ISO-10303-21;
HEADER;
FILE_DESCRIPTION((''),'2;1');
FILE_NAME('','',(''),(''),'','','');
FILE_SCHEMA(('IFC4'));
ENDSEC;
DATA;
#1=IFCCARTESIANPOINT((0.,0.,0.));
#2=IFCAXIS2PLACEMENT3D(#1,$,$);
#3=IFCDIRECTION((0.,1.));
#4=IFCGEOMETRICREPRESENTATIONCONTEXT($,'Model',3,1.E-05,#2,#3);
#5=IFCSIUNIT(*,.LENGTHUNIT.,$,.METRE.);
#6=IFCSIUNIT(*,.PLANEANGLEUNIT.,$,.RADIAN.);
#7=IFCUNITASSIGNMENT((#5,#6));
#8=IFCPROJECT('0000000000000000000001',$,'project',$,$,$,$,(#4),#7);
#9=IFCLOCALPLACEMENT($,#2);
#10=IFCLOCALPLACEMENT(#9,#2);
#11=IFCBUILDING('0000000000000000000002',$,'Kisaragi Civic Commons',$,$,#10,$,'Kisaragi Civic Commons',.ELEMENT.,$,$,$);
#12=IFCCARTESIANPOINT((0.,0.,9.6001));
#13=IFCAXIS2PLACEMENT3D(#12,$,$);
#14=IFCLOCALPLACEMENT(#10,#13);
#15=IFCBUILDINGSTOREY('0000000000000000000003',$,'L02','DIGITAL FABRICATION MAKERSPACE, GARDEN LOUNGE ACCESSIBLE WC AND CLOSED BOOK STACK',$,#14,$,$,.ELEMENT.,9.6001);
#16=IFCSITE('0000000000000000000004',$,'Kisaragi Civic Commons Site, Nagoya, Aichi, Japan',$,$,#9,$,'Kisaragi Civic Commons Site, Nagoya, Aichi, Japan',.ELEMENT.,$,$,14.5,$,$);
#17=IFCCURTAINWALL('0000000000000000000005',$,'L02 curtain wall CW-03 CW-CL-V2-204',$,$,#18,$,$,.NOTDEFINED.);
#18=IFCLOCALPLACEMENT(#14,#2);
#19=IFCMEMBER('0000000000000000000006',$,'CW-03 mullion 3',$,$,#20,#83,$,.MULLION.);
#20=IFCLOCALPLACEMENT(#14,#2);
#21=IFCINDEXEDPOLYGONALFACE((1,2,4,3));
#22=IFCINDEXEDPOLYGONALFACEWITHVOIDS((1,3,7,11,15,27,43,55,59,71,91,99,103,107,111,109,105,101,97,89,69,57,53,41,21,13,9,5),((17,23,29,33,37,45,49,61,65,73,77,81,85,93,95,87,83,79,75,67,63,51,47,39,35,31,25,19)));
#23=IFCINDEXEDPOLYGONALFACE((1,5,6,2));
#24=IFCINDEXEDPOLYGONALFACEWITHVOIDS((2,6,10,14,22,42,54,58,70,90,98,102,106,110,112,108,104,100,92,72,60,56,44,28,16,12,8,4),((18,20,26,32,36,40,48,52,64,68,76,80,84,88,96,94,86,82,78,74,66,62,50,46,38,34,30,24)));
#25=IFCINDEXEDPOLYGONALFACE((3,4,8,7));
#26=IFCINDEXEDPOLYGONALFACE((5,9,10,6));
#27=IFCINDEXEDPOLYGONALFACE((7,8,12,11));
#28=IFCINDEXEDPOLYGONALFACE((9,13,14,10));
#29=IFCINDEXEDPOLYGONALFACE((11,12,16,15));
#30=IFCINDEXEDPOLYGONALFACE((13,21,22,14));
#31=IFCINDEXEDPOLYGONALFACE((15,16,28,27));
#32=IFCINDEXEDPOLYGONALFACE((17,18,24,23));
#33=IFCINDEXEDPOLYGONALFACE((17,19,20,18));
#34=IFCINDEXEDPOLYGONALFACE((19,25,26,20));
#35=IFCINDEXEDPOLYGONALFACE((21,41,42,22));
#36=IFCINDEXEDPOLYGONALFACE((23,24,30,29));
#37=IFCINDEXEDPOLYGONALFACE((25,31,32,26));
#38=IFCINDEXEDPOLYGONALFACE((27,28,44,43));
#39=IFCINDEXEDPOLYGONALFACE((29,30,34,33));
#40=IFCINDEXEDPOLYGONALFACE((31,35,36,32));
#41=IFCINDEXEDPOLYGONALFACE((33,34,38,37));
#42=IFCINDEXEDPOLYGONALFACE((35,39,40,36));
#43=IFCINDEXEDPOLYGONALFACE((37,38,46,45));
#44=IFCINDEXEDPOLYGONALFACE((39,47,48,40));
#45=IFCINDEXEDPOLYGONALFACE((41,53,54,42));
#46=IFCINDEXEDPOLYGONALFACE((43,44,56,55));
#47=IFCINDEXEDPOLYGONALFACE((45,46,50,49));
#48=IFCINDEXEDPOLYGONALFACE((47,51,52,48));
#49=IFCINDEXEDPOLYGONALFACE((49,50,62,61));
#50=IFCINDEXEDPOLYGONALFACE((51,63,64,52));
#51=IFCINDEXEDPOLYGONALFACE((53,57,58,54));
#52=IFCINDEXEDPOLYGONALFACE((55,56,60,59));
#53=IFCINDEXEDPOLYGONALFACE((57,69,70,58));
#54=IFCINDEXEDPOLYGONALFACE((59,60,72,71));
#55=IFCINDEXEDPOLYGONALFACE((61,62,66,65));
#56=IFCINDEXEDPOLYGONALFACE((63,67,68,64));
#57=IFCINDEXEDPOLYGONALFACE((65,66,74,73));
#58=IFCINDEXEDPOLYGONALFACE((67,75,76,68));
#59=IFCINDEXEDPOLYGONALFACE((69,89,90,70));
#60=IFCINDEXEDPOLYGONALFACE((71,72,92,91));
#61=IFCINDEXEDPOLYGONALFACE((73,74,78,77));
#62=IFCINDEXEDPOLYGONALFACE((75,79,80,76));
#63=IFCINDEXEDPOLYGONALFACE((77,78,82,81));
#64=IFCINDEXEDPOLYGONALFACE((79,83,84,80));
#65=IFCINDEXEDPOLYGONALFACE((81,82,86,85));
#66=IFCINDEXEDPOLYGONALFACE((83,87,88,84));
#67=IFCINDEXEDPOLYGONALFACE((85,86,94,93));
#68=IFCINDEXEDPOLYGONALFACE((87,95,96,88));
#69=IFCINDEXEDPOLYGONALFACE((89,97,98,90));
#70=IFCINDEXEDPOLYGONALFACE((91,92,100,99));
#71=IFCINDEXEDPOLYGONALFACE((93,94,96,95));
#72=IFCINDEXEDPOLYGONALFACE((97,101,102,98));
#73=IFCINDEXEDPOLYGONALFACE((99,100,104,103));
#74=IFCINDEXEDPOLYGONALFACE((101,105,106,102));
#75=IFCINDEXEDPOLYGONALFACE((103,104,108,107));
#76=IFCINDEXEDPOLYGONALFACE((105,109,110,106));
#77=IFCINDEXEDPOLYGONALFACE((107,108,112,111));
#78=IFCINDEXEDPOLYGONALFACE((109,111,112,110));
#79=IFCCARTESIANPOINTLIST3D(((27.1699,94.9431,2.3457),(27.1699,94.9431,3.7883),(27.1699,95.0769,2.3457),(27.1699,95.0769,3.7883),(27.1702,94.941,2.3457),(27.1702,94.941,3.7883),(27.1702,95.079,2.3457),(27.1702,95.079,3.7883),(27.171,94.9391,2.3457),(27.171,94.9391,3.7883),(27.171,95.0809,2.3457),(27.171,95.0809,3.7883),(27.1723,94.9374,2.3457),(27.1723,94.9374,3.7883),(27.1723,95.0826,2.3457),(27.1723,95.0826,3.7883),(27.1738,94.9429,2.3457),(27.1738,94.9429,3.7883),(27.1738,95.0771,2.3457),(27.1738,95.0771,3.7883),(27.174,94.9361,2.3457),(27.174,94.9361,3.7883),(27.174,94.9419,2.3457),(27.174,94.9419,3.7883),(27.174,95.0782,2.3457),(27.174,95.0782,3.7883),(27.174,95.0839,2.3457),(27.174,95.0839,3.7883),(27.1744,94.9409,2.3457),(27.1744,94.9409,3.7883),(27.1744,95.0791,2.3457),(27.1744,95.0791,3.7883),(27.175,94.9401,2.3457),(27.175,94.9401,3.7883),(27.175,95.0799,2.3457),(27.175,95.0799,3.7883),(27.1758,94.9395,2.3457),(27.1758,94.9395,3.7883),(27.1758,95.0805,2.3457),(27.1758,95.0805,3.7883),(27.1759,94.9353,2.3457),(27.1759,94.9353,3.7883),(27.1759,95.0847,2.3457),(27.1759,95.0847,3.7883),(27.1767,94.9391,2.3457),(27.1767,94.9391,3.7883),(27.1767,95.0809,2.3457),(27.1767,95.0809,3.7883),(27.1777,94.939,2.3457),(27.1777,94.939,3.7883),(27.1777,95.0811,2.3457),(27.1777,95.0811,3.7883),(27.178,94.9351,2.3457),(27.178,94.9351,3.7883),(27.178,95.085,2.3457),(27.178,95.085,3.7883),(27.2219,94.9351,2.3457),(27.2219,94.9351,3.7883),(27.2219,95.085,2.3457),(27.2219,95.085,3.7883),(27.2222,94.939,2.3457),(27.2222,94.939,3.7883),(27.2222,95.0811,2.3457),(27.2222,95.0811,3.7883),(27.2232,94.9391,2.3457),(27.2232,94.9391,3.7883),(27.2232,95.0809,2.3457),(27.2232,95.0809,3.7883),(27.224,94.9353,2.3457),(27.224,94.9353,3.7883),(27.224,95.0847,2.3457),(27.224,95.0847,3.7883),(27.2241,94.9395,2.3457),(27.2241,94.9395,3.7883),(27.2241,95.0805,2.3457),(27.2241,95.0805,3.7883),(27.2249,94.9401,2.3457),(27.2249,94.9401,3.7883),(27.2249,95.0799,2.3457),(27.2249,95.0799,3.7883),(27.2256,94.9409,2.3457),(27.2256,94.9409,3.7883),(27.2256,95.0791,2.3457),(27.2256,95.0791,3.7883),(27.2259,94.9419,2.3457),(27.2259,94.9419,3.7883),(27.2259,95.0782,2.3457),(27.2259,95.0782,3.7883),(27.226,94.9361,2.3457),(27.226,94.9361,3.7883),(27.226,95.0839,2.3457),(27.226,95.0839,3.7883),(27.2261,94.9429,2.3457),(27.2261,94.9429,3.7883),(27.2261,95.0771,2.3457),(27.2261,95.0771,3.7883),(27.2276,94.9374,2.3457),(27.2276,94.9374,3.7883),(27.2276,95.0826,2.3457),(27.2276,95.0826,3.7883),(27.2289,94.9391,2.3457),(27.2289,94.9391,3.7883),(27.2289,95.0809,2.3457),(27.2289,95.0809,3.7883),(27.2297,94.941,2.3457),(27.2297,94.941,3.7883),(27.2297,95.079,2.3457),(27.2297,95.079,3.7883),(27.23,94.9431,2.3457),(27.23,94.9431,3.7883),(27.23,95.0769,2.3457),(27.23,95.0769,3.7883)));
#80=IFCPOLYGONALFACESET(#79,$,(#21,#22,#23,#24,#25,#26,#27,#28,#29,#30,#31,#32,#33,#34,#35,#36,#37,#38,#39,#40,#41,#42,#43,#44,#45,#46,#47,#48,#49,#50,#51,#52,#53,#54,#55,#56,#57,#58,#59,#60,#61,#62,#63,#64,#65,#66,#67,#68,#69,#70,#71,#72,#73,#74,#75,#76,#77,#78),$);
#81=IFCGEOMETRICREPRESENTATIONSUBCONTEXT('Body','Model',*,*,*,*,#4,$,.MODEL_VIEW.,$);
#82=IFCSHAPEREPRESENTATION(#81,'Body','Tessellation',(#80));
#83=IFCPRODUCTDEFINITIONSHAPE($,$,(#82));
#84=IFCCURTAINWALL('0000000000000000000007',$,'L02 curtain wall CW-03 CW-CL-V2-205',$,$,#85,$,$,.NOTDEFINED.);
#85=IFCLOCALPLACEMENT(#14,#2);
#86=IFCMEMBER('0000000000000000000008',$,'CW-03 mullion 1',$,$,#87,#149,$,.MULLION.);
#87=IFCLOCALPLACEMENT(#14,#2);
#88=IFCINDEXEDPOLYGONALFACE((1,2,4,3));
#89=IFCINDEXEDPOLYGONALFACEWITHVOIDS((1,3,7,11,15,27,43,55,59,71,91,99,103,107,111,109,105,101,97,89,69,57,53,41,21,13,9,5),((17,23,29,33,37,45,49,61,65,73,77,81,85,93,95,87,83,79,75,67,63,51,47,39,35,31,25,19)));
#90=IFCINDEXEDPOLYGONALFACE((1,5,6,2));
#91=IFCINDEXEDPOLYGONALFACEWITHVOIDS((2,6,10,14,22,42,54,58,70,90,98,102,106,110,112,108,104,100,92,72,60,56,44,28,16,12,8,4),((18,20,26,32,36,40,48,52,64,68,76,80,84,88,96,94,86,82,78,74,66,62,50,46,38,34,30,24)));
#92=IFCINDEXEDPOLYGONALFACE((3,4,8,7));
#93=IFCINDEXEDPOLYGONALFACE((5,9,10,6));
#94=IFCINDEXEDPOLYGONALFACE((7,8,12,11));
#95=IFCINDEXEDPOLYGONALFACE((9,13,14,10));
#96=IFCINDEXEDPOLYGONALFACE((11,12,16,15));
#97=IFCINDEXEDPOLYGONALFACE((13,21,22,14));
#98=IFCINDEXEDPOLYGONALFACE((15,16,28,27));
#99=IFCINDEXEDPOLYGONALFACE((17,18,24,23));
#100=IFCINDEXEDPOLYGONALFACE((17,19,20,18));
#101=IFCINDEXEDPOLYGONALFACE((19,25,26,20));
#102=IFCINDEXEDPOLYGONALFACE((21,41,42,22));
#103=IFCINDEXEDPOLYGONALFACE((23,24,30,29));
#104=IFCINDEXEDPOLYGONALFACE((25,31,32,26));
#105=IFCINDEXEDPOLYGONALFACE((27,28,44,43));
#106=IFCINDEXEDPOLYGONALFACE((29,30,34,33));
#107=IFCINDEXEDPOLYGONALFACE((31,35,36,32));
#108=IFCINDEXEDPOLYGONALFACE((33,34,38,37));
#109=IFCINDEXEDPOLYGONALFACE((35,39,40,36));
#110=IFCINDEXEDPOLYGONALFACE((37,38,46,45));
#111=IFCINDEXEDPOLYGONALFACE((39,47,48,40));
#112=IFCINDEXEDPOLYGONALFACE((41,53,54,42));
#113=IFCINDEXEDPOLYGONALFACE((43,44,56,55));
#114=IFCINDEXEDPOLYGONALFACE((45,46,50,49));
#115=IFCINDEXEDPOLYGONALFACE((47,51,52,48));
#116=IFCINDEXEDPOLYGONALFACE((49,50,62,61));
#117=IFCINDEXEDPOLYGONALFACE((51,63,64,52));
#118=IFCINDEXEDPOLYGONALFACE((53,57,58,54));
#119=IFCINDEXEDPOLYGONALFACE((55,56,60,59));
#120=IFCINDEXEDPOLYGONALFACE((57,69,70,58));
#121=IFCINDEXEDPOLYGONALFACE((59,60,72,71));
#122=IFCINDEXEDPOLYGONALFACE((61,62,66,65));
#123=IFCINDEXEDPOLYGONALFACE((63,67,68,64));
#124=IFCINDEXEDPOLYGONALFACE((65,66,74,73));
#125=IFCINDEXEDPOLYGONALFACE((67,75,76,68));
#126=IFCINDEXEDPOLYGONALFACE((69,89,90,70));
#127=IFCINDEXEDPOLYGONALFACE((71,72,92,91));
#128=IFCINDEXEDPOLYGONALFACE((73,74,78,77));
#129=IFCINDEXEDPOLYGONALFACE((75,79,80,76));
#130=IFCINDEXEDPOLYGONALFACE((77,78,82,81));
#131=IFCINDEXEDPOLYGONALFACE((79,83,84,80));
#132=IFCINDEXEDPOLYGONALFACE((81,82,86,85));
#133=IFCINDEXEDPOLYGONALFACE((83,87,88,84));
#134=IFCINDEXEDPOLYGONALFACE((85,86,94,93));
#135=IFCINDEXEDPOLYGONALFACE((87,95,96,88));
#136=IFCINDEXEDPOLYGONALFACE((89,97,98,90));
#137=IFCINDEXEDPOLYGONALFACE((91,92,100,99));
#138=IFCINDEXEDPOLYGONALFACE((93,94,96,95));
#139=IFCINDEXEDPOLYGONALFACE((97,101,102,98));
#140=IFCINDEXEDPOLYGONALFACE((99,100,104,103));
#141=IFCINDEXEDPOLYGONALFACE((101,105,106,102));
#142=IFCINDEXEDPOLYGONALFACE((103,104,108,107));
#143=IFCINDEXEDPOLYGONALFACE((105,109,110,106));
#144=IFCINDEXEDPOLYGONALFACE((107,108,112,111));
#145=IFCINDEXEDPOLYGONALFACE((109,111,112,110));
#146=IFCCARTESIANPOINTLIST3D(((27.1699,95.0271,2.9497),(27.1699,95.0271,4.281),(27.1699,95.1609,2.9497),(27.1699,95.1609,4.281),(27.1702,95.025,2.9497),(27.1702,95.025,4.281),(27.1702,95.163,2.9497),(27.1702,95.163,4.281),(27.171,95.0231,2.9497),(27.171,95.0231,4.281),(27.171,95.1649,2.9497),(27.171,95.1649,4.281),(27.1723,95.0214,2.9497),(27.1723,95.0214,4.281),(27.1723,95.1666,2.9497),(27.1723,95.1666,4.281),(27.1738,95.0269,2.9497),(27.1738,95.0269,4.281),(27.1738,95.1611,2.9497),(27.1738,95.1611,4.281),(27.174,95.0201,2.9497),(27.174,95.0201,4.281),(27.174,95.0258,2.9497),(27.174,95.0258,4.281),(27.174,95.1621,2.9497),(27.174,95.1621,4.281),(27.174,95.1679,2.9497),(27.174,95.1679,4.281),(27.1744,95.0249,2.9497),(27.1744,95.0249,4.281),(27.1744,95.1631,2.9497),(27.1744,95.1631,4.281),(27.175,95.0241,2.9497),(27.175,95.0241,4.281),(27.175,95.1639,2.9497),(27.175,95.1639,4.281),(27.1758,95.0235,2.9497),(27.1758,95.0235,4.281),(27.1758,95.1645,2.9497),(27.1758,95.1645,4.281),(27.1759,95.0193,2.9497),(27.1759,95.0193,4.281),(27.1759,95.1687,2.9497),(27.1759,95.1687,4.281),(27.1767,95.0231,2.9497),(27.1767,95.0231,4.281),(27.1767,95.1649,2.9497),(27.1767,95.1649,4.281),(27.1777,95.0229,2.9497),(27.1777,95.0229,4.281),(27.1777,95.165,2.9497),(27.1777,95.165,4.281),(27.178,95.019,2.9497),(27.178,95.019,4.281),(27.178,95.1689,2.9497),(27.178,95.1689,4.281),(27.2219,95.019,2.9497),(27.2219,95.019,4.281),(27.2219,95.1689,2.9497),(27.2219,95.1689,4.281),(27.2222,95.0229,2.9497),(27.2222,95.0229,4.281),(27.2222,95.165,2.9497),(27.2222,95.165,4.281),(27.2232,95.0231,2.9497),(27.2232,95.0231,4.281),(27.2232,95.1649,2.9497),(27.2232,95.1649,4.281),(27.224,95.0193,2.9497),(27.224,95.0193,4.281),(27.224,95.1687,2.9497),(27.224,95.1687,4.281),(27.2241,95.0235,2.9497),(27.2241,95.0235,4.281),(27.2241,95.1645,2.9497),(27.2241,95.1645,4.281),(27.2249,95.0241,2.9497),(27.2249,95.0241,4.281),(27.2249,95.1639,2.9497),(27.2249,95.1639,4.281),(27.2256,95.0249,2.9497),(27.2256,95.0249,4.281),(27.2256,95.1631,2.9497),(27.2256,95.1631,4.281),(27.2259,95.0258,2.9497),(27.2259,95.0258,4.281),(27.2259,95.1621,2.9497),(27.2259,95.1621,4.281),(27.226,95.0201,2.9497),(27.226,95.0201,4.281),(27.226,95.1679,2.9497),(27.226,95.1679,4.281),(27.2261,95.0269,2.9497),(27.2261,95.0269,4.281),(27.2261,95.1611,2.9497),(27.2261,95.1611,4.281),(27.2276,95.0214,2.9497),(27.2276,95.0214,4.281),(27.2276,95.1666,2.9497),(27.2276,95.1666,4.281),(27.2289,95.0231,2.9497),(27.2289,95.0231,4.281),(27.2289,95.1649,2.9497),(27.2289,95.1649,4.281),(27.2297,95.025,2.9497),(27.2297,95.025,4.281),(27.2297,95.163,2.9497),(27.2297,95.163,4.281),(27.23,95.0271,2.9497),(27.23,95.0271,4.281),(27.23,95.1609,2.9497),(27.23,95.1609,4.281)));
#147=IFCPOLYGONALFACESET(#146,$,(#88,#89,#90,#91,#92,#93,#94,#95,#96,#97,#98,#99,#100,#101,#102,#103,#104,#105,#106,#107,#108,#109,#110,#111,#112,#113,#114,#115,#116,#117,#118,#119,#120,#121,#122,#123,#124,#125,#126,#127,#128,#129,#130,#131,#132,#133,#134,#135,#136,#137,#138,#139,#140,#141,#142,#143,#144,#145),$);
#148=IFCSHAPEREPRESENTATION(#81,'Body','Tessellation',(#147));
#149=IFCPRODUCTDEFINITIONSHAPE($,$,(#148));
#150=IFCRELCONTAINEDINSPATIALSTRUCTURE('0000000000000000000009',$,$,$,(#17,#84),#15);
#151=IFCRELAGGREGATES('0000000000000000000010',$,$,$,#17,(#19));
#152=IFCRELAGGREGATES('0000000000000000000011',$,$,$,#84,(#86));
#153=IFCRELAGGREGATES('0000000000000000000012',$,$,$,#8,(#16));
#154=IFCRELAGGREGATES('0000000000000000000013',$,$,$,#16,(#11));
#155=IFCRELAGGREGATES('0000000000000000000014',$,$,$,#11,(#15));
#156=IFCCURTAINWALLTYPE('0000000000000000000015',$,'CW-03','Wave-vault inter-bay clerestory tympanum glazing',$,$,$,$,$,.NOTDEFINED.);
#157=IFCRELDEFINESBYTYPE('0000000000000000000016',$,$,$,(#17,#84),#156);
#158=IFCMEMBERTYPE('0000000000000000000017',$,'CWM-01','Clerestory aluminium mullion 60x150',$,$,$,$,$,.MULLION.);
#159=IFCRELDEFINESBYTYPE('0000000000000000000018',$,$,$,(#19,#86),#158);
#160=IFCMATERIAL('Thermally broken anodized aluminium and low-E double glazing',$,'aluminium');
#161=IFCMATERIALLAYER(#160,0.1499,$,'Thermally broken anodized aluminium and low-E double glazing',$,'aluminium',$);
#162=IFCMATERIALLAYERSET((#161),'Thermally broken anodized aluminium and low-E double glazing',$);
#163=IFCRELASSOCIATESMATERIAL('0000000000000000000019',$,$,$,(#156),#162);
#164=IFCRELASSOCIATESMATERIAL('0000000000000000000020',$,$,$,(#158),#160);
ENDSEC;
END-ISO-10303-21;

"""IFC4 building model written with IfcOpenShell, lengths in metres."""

from ifc_helpers import new_model, si_unit, direction, frame, origin, origin_2d, place, context, subcontext, project, spatial, hollow_rectangle, extrude, material, layer, layer_set, material_profile, profile_set, type_object, element, aggregate, save


model = new_model("IFC4")

# Units and contexts
model_context = context("Model", 3, precision=1e-05, world=origin(), true_north=direction((0.0, 1.0)))
body_context = subcontext(model_context, "Body", "Model", "MODEL_VIEW")
ifc_project = project(units=[si_unit("LENGTHUNIT", "METRE"), si_unit("PLANEANGLEUNIT", "RADIAN")], contexts=[model_context])

# Site, building, storey
site_placement = place(None, origin())
site = spatial("IfcSite", under=ifc_project, at=site_placement, Name="Kisaragi Civic Commons Site, Nagoya, Aichi, Japan", LongName="Kisaragi Civic Commons Site, Nagoya, Aichi, Japan", CompositionType="ELEMENT", RefElevation=14.5)
building_placement = place(site_placement, origin())
building = spatial("IfcBuilding", under=site, at=building_placement, Name="Kisaragi Civic Commons", LongName="Kisaragi Civic Commons", CompositionType="ELEMENT")
storey_placement = place(building_placement, frame((0.0, 0.0, 9.6001)))
storey = spatial("IfcBuildingStorey", under=building, at=storey_placement, Name="L02", Description="DIGITAL FABRICATION MAKERSPACE, GARDEN LOUNGE ACCESSIBLE WC AND CLOSED BOOK STACK", CompositionType="ELEMENT", Elevation=9.6001)

# Curtain walls, members
ifc_material_1 = material(Name="Thermally broken anodized aluminium and low-E double glazing", Category="aluminium")
ifc_layer_1 = layer(ifc_material_1, 0.1499, Name="Thermally broken anodized aluminium and low-E double glazing", Category="aluminium")
ifc_layer_set_1 = layer_set([ifc_layer_1], Name="Thermally broken anodized aluminium and low-E double glazing")
curtain_wall_type = type_object("IfcCurtainWallType", Name="CW-03", Description="Wave-vault inter-bay clerestory tympanum glazing", PredefinedType="NOTDEFINED", material=ifc_layer_set_1)
curtain_wall_1_placement = place(storey_placement, origin())
curtain_wall_1 = element("IfcCurtainWall", 1, at=curtain_wall_1_placement, inside=storey, type_object=curtain_wall_type, Name="L02 curtain wall CW-03 CW-CL-V2-204", PredefinedType="NOTDEFINED")
ifc_material_profile_1 = material_profile(ifc_material_1, hollow_rectangle(XDim=0.0601, YDim=0.1499, WallThickness=0.0039, InnerFilletRadius=0.0039, OuterFilletRadius=0.0081, at=origin_2d()), Name="CWM-60x150x4", Category="aluminium")
ifc_profile_set_1 = profile_set([ifc_material_profile_1], Name="Thermally broken anodized aluminium and low-E double glazing")
member_type_1 = type_object("IfcMemberType", Name="CWM-01", Description="Clerestory aluminium mullion 60x150", PredefinedType="MULLION", material=ifc_profile_set_1)
member_1_placement = place(storey_placement, frame((27.2, 95.01, 2.3457), z_axis=(0.0, 0.0, 1.0), x_axis=(-1.0, 0.0, 0.0)))
member_1 = element("IfcMember", 2, at=member_1_placement, type_object=member_type_1, Name="CW-03 mullion 3", PredefinedType="MULLION", context=body_context, shape_type="SweptSolid", body=[
    extrude(hollow_rectangle(XDim=0.0601, YDim=0.1499, WallThickness=0.0039, InnerFilletRadius=0.0039, OuterFilletRadius=0.0081, at=origin_2d()), origin(), (0.0, 0.0, 1.0), 1.4426),
])
curtain_wall_2_placement = place(storey_placement, origin())
curtain_wall_2 = element("IfcCurtainWall", 3, at=curtain_wall_2_placement, inside=storey, type_object=curtain_wall_type, Name="L02 curtain wall CW-03 CW-CL-V2-205", PredefinedType="NOTDEFINED")
member_2_placement = place(storey_placement, frame((27.2, 95.094, 2.9497), z_axis=(0.0, 0.0, 1.0), x_axis=(-1.0, 0.0, 0.0)))
member_2 = element("IfcMember", 4, at=member_2_placement, type_object=member_type_1, Name="CW-03 mullion 1", PredefinedType="MULLION", context=body_context, shape_type="SweptSolid", body=[
    extrude(hollow_rectangle(XDim=0.0601, YDim=0.1499, WallThickness=0.0039, InnerFilletRadius=0.0039, OuterFilletRadius=0.0081, at=origin_2d()), origin(), (0.0, 0.0, 1.0), 1.3313),
])

aggregate(curtain_wall_1, [member_1])
aggregate(curtain_wall_2, [member_2])

save(model, "model.ifc")
